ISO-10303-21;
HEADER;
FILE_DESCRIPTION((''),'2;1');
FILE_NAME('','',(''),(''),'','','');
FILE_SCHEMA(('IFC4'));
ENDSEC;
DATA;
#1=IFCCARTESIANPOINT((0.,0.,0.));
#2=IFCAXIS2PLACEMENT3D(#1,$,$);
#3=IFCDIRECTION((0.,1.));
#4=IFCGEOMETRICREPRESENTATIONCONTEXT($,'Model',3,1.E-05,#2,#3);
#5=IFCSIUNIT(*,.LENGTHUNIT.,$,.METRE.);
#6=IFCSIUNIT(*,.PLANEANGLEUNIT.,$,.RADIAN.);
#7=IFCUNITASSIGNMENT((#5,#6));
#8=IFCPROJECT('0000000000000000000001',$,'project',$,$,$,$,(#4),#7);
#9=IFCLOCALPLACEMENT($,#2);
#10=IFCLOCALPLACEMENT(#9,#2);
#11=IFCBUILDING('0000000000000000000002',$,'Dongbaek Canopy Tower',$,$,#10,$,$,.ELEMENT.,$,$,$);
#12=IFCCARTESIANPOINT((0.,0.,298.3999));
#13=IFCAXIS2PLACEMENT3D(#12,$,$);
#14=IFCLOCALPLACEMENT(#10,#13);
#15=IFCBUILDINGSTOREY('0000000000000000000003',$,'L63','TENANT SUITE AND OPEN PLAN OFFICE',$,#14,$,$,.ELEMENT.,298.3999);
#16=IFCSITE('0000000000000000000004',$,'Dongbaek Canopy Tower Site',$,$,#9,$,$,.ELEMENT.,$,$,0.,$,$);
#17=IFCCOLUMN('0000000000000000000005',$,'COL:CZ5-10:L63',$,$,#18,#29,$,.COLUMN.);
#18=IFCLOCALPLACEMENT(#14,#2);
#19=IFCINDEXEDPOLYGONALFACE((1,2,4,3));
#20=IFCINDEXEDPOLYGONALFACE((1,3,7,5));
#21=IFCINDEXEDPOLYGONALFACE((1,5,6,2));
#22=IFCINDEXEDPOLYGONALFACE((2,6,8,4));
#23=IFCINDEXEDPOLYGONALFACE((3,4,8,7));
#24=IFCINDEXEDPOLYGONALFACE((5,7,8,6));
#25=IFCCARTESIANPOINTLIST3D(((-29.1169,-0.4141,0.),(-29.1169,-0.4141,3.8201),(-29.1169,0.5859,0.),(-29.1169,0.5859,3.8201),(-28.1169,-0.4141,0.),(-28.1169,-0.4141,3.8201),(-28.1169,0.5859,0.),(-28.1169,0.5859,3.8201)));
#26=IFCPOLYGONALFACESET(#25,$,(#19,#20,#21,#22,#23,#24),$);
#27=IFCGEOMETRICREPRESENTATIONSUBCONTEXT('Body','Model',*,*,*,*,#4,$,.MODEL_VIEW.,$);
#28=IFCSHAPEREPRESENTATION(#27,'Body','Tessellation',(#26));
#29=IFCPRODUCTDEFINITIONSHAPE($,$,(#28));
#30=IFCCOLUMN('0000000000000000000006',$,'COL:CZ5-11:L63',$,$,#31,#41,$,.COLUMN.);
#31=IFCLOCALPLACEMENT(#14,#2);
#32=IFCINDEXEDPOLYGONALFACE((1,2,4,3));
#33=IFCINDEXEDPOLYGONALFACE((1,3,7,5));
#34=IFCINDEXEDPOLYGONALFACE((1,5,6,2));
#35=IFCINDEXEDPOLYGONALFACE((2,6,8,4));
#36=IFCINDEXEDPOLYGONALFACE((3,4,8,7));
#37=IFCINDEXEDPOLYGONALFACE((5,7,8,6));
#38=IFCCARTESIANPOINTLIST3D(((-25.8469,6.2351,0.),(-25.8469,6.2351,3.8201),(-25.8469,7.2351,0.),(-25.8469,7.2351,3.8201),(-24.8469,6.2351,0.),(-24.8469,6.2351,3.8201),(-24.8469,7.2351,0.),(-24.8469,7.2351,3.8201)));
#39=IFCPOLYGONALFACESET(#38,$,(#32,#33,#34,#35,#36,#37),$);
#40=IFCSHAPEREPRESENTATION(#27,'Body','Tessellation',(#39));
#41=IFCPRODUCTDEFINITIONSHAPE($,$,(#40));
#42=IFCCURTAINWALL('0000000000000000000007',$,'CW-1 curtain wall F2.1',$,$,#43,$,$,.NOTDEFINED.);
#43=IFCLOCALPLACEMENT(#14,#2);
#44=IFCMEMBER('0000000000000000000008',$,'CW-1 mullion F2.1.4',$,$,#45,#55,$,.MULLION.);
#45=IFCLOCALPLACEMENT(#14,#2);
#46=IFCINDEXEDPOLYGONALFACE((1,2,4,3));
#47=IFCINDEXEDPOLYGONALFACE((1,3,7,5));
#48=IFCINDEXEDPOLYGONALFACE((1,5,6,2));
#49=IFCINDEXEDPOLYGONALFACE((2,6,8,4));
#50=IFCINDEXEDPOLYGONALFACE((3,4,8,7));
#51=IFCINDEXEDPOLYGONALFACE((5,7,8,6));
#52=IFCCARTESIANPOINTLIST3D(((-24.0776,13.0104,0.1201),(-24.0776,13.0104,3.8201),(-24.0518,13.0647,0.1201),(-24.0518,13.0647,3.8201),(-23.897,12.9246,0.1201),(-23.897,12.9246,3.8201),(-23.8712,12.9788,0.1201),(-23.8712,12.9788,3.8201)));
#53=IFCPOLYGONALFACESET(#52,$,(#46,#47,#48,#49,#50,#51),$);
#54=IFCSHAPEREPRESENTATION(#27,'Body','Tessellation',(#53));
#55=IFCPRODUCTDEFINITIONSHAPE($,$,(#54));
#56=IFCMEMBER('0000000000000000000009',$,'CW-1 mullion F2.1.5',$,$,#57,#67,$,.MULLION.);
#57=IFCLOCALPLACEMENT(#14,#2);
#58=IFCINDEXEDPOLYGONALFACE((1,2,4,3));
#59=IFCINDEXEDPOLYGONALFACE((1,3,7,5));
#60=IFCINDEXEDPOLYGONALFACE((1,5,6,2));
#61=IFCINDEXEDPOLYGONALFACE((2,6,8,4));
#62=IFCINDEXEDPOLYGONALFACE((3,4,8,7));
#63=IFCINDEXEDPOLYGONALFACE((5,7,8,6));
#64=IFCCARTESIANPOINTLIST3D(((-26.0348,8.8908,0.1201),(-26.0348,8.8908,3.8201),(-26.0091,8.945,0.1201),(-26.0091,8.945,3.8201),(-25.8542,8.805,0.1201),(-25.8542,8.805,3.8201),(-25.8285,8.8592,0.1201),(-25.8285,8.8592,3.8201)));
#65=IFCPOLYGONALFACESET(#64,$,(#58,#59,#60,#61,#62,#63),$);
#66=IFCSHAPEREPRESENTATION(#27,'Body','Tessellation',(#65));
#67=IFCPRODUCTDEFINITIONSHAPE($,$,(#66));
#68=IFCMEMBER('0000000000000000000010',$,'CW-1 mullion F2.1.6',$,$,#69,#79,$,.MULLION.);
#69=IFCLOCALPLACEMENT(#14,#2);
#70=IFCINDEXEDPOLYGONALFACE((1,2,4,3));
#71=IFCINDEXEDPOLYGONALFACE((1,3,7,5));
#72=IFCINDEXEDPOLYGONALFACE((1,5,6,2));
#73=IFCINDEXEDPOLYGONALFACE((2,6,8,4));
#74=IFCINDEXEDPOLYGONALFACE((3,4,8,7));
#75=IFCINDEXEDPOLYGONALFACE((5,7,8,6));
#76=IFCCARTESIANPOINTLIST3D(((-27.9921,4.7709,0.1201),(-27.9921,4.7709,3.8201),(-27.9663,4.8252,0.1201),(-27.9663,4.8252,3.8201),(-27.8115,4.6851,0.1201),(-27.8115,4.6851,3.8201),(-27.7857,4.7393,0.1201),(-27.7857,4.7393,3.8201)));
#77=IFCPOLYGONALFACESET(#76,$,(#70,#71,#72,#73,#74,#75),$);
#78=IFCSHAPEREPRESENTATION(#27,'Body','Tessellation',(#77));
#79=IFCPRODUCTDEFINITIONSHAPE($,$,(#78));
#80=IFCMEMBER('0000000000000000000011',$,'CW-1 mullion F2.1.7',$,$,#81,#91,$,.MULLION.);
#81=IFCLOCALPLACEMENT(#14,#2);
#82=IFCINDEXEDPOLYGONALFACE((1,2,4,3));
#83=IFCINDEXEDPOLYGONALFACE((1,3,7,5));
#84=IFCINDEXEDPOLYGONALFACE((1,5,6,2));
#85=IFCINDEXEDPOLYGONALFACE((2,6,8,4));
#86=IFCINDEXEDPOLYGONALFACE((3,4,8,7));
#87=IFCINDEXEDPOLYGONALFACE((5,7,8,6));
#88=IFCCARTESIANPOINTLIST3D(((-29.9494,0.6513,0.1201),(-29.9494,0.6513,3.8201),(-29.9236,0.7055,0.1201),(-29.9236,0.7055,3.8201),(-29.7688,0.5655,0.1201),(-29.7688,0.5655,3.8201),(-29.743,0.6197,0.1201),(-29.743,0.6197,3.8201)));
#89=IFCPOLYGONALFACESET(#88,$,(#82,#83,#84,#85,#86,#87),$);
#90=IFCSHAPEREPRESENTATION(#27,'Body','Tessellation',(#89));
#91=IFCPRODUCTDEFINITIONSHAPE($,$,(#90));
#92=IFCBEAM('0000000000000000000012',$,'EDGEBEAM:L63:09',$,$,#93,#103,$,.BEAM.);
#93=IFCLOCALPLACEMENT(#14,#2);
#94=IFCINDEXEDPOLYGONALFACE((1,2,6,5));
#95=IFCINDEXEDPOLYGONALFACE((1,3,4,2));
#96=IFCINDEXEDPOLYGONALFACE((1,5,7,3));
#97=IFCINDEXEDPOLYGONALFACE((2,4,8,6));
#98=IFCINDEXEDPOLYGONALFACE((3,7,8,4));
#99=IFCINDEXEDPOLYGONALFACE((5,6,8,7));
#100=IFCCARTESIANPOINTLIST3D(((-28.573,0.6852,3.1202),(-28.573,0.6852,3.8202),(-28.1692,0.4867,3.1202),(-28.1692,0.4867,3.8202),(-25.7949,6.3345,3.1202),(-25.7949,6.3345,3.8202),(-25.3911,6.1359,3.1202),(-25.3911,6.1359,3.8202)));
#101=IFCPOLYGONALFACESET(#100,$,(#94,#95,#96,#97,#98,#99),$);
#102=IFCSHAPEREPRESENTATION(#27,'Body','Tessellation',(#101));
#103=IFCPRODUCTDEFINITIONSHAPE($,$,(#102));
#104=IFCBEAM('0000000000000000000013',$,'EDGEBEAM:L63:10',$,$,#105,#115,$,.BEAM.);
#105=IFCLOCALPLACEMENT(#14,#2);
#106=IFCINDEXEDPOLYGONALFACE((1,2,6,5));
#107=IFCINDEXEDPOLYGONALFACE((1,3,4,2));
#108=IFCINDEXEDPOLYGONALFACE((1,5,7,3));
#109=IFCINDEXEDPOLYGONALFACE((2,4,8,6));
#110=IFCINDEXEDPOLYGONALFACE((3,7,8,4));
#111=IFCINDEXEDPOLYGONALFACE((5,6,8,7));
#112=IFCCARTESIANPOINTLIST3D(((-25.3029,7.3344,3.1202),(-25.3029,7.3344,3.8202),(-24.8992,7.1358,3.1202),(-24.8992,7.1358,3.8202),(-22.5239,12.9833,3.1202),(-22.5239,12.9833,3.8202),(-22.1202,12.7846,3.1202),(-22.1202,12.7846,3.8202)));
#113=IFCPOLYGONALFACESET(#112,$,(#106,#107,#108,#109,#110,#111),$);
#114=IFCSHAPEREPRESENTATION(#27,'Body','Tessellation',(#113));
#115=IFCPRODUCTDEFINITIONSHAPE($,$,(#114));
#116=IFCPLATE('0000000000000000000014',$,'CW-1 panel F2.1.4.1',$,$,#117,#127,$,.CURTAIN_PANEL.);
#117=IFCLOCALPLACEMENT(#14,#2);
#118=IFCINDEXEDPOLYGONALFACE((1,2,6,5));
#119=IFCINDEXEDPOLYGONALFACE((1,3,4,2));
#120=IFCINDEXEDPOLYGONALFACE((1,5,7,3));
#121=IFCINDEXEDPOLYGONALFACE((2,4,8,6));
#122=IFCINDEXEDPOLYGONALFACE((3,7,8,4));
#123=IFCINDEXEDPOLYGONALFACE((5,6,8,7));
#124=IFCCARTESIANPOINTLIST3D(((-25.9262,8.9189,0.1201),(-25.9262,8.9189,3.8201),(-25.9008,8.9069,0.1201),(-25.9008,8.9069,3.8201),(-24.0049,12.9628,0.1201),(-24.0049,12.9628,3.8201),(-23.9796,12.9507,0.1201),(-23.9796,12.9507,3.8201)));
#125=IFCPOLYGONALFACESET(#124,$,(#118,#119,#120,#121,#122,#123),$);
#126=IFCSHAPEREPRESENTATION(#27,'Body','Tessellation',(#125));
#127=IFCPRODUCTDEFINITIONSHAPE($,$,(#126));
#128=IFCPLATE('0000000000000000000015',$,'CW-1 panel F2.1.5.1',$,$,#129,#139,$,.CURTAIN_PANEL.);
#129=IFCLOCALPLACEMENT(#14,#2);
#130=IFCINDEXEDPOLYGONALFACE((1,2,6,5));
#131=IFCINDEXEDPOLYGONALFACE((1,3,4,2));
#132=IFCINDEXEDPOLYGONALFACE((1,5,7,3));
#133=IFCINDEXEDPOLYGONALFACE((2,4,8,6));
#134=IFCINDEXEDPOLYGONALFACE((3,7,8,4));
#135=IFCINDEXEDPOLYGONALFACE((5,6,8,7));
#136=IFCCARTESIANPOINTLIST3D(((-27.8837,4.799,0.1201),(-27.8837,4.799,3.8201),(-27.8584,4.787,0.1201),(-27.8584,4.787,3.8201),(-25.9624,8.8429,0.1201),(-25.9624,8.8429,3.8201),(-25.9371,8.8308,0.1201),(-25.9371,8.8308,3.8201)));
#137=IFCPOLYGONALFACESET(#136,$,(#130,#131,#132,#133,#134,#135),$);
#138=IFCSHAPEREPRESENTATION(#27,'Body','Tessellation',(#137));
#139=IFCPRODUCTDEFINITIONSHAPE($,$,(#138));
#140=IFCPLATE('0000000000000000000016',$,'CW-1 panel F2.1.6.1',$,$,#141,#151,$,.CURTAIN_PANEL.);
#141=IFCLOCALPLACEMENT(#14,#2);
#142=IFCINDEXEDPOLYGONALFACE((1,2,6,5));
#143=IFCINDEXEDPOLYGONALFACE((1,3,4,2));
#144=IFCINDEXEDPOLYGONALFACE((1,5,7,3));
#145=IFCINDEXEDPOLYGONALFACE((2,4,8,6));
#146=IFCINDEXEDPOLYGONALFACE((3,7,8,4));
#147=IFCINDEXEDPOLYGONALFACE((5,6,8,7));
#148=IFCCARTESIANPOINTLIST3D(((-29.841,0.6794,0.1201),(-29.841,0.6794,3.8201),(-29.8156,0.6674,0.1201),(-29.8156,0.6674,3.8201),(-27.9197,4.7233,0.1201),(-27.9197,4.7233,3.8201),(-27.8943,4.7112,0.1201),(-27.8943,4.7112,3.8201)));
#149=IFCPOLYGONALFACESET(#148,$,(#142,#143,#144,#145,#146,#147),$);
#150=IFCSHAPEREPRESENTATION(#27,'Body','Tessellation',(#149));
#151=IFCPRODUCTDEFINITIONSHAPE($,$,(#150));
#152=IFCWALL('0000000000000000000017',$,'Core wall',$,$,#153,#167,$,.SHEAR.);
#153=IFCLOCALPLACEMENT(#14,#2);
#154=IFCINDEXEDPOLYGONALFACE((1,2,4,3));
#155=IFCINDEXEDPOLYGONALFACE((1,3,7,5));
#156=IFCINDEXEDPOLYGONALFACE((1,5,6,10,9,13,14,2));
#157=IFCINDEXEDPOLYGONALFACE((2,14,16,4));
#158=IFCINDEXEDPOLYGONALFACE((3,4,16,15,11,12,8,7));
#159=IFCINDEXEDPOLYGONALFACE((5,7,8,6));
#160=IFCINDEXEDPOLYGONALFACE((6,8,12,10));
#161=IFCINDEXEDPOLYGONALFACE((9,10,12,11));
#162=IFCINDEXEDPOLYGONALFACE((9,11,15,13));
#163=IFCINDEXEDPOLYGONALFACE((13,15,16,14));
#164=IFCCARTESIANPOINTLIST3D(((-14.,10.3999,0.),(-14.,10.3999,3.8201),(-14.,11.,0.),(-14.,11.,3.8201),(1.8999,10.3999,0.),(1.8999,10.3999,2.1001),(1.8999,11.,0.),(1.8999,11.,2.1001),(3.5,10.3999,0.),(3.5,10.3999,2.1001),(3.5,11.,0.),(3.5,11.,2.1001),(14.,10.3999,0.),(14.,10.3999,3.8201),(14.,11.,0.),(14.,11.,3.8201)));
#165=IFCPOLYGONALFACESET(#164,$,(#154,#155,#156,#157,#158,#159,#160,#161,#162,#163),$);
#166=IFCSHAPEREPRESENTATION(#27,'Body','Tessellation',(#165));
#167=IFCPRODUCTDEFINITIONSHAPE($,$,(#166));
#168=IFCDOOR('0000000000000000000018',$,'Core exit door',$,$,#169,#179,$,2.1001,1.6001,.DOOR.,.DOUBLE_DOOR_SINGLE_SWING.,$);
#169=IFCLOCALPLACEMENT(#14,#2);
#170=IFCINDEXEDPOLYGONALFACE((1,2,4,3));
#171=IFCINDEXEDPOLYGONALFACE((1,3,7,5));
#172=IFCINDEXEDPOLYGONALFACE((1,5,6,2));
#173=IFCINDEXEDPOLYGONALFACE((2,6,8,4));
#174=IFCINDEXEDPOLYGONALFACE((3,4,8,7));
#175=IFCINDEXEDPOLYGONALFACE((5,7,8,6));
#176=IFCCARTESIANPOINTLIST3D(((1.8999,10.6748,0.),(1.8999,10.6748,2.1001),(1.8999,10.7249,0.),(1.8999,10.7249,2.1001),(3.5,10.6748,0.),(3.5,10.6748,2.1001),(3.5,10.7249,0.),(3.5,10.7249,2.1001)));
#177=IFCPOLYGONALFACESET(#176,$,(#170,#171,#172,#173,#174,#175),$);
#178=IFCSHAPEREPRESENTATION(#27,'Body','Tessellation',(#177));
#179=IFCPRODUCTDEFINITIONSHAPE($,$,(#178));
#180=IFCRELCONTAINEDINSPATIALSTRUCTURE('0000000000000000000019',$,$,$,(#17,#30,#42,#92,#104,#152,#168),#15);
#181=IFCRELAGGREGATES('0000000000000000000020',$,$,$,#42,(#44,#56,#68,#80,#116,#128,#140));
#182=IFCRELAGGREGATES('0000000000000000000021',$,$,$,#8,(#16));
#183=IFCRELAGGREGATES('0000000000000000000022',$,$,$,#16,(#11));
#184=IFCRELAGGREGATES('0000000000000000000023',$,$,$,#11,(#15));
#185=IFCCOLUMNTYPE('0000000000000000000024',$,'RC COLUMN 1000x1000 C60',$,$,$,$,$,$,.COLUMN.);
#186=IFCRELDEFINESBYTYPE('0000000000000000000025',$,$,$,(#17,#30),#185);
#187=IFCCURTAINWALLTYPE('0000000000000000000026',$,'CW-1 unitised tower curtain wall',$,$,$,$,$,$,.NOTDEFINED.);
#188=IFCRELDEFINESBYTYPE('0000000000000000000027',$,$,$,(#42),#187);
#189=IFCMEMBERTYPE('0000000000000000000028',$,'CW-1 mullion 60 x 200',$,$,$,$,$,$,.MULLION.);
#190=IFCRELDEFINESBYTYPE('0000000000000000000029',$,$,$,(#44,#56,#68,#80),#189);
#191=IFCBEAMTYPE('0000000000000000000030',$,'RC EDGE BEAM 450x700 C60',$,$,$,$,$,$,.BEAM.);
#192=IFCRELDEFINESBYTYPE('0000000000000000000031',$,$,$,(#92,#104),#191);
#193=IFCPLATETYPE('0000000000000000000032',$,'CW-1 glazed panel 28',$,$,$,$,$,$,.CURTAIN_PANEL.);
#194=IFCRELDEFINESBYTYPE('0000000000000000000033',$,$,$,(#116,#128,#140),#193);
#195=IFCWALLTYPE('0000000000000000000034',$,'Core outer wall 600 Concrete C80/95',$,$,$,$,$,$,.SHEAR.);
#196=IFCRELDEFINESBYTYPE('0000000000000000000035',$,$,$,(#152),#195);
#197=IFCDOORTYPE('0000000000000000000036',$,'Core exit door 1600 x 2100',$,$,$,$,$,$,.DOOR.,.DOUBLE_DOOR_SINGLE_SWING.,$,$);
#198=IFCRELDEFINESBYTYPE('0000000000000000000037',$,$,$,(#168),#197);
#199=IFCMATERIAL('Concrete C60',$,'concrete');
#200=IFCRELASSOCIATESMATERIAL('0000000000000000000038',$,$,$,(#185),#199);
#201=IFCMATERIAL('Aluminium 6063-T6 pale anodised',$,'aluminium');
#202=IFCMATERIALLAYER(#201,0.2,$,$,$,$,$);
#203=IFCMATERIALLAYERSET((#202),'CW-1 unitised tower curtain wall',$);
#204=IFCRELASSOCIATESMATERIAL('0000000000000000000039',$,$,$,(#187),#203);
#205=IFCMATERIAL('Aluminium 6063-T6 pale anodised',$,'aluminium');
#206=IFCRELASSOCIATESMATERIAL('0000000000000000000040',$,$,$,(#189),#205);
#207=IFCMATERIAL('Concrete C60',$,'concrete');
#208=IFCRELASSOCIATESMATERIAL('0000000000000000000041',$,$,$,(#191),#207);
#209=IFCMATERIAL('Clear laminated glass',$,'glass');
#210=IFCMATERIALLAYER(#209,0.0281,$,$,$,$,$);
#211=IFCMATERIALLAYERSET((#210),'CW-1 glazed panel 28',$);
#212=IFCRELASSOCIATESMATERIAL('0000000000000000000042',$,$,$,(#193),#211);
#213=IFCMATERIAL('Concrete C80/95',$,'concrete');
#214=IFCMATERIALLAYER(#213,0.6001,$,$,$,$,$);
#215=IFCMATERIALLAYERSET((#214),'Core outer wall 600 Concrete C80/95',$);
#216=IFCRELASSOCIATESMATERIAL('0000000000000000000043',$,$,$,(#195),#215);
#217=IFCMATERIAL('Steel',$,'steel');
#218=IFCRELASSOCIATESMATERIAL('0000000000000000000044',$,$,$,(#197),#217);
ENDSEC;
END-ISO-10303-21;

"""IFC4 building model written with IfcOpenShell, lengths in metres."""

from ifc_helpers import new_model, si_unit, direction, frame, frame_2d, origin, origin_2d, place, context, subcontext, project, spatial, rectangle, extrude, material, layer, layer_set, material_profile, profile_set, type_object, element, fill, aggregate, save


model = new_model("IFC4")

# Units and contexts
model_context = context("Model", 3, precision=1e-05, world=origin(), true_north=direction((0.0, 1.0)))
body_context = subcontext(model_context, "Body", "Model", "MODEL_VIEW")
ifc_project = project(units=[si_unit("LENGTHUNIT", "METRE"), si_unit("PLANEANGLEUNIT", "RADIAN")], contexts=[model_context])

# Site, building, storey
site_placement = place(None, origin())
site = spatial("IfcSite", under=ifc_project, at=site_placement, Name="Dongbaek Canopy Tower Site", CompositionType="ELEMENT", RefElevation=0.0)
building_placement = place(site_placement, origin())
building = spatial("IfcBuilding", under=site, at=building_placement, Name="Dongbaek Canopy Tower", CompositionType="ELEMENT")
storey_placement = place(building_placement, frame((0.0, 0.0, 298.3999)))
storey = spatial("IfcBuildingStorey", under=building, at=storey_placement, Name="L63", Description="TENANT SUITE AND OPEN PLAN OFFICE", CompositionType="ELEMENT", Elevation=298.3999)

# Columns
ifc_material_1 = material(Name="Concrete C60", Category="concrete")
ifc_material_profile_1 = material_profile(ifc_material_1, rectangle(XDim=1.0, YDim=1.0, at=origin_2d()), Name="RC COLUMN 1000x1000 C60")
ifc_profile_set_1 = profile_set([ifc_material_profile_1], Name="Concrete C60")
column_type = type_object("IfcColumnType", Name="RC COLUMN 1000x1000 C60", PredefinedType="COLUMN", material=ifc_profile_set_1)
for number, where, z_axis, x_axis, name in (
    (1, (-28.6169, 0.0859, 0.0), (0.0, 0.0, 1.0), (1.0, 0.0, 0.0), "COL:CZ5-10:L63"),
    (2, (-25.3469, 6.7351, 0.0), (0.0, 0.0, 1.0), (1.0, 0.0, 0.0), "COL:CZ5-11:L63"),
):
    element("IfcColumn", number, at=place(storey_placement, frame(where, z_axis=z_axis, x_axis=x_axis)), inside=storey, type_object=column_type, Name=name, PredefinedType="COLUMN", context=body_context, shape_type="SweptSolid", body=[
        extrude(rectangle(XDim=1.0, YDim=1.0, at=origin_2d()), origin(), (0.0, 0.0, 1.0), 3.8201),
    ])

# Curtain wall, members
ifc_material_2 = material(Name="Aluminium 6063-T6 pale anodised", Category="aluminium")
ifc_layer_1 = layer(ifc_material_2, 0.2)
ifc_layer_set_1 = layer_set([ifc_layer_1], Name="CW-1 unitised tower curtain wall")
curtain_wall_type = type_object("IfcCurtainWallType", Name="CW-1 unitised tower curtain wall", PredefinedType="NOTDEFINED", material=ifc_layer_set_1)
curtain_wall_placement = place(storey_placement, origin())
curtain_wall = element("IfcCurtainWall", 3, at=curtain_wall_placement, inside=storey, type_object=curtain_wall_type, Name="CW-1 curtain wall F2.1", PredefinedType="NOTDEFINED")
ifc_material_3 = material(Name="Aluminium 6063-T6 pale anodised", Category="aluminium")
ifc_material_profile_2 = material_profile(ifc_material_3, rectangle(XDim=0.2, YDim=0.0601, at=origin_2d()), Name="CW-1 mullion 60 x 200")
ifc_profile_set_2 = profile_set([ifc_material_profile_2], Name="Aluminium 6063-T6 pale anodised")
member_type = type_object("IfcMemberType", Name="CW-1 mullion 60 x 200", PredefinedType="MULLION", material=ifc_profile_set_2)
member_1_placement = place(storey_placement, frame((-23.9744, 12.9946, 0.1201), z_axis=(0.0, 0.0, 1.0), x_axis=(-0.903236, 0.429143, 0.0)))
member_1 = element("IfcMember", 4, at=member_1_placement, type_object=member_type, Name="CW-1 mullion F2.1.4", PredefinedType="MULLION", context=body_context, shape_type="SweptSolid", body=[
    extrude(rectangle(XDim=0.2, YDim=0.0601, at=origin_2d()), origin(), (0.0, 0.0, 1.0), 3.7),
])
member_2_placement = place(storey_placement, frame((-25.9316, 8.875, 0.1201), z_axis=(0.0, 0.0, 1.0), x_axis=(-0.903236, 0.429143, 0.0)))
member_2 = element("IfcMember", 5, at=member_2_placement, type_object=member_type, Name="CW-1 mullion F2.1.5", PredefinedType="MULLION", context=body_context, shape_type="SweptSolid", body=[
    extrude(rectangle(XDim=0.2, YDim=0.0601, at=origin_2d()), origin(), (0.0, 0.0, 1.0), 3.7),
])
member_3_placement = place(storey_placement, frame((-27.8889, 4.7551, 0.1201), z_axis=(0.0, 0.0, 1.0), x_axis=(-0.903236, 0.429143, 0.0)))
member_3 = element("IfcMember", 6, at=member_3_placement, type_object=member_type, Name="CW-1 mullion F2.1.6", PredefinedType="MULLION", context=body_context, shape_type="SweptSolid", body=[
    extrude(rectangle(XDim=0.2, YDim=0.0601, at=origin_2d()), origin(), (0.0, 0.0, 1.0), 3.7),
])
member_4_placement = place(storey_placement, frame((-29.8462, 0.6355, 0.1201), z_axis=(0.0, 0.0, 1.0), x_axis=(-0.903236, 0.429143, 0.0)))
member_4 = element("IfcMember", 7, at=member_4_placement, type_object=member_type, Name="CW-1 mullion F2.1.7", PredefinedType="MULLION", context=body_context, shape_type="SweptSolid", body=[
    extrude(rectangle(XDim=0.2, YDim=0.0601, at=origin_2d()), origin(), (0.0, 0.0, 1.0), 3.7),
])

# Beams
ifc_material_4 = material(Name="Concrete C60", Category="concrete")
ifc_material_profile_3 = material_profile(ifc_material_4, rectangle(XDim=0.45, YDim=0.7, at=origin_2d()), Name="RC EDGE BEAM 450x700 C60")
ifc_profile_set_3 = profile_set([ifc_material_profile_3], Name="Concrete C60")
beam_type = type_object("IfcBeamType", Name="RC EDGE BEAM 450x700 C60", PredefinedType="BEAM", material=ifc_profile_set_3)
for number, where, z_axis, x_axis, name in (
    (8, (-28.3711, 0.5859, 3.4702), (0.441294, 0.897363, 0.0), (-0.897363, 0.441294, 0.0), "EDGEBEAM:L63:09"),
    (9, (-25.1011, 7.2351, 3.4702), (0.441434, 0.897294, 0.0), (-0.897294, 0.441434, 0.0), "EDGEBEAM:L63:10"),
):
    element("IfcBeam", number, at=place(storey_placement, frame(where, z_axis=z_axis, x_axis=x_axis)), inside=storey, type_object=beam_type, Name=name, PredefinedType="BEAM", context=body_context, shape_type="SweptSolid", body=[
        extrude(rectangle(XDim=0.45, YDim=0.7, at=origin_2d()), origin(), (0.0, 0.0, 1.0), 6.2954),
    ])

# Plates
ifc_material_5 = material(Name="Clear laminated glass", Category="glass")
ifc_layer_2 = layer(ifc_material_5, 0.0281)
ifc_layer_set_2 = layer_set([ifc_layer_2], Name="CW-1 glazed panel 28")
plate_type = type_object("IfcPlateType", Name="CW-1 glazed panel 28", PredefinedType="CURTAIN_PANEL", material=ifc_layer_set_2)
plate_1_placement = place(storey_placement, frame((-24.9529, 10.9348, 0.1201), z_axis=(0.0, 0.0, 1.0), x_axis=(-0.429143, -0.903236, 0.0)))
plate_1 = element("IfcPlate", 10, at=plate_1_placement, type_object=plate_type, Name="CW-1 panel F2.1.4.1", PredefinedType="CURTAIN_PANEL", context=body_context, shape_type="SweptSolid", body=[
    extrude(rectangle(XDim=4.4771, YDim=0.0281, at=origin_2d()), origin(), (0.0, 0.0, 1.0), 3.7),
])
plate_2_placement = place(storey_placement, frame((-26.9104, 6.8149, 0.1201), z_axis=(0.0, 0.0, 1.0), x_axis=(-0.429143, -0.903236, 0.0)))
plate_2 = element("IfcPlate", 11, at=plate_2_placement, type_object=plate_type, Name="CW-1 panel F2.1.5.1", PredefinedType="CURTAIN_PANEL", context=body_context, shape_type="SweptSolid", body=[
    extrude(rectangle(XDim=4.4771, YDim=0.0281, at=origin_2d()), origin(), (0.0, 0.0, 1.0), 3.7),
])
plate_3_placement = place(storey_placement, frame((-28.8677, 2.6953, 0.1201), z_axis=(0.0, 0.0, 1.0), x_axis=(-0.429143, -0.903236, 0.0)))
plate_3 = element("IfcPlate", 12, at=plate_3_placement, type_object=plate_type, Name="CW-1 panel F2.1.6.1", PredefinedType="CURTAIN_PANEL", context=body_context, shape_type="SweptSolid", body=[
    extrude(rectangle(XDim=4.4771, YDim=0.0281, at=origin_2d()), origin(), (0.0, 0.0, 1.0), 3.7),
])

# Wall, opening, door
ifc_material_6 = material(Name="Concrete C80/95", Category="concrete")
ifc_layer_3 = layer(ifc_material_6, 0.6001)
ifc_layer_set_3 = layer_set([ifc_layer_3], Name="Core outer wall 600 Concrete C80/95")
wall_type_1 = type_object("IfcWallType", Name="Core outer wall 600 Concrete C80/95", PredefinedType="SHEAR", material=ifc_layer_set_3)
wall_1_placement = place(storey_placement, frame((-14.0, 10.7, 0.0), z_axis=(0.0, 0.0, 1.0), x_axis=(1.0, 0.0, 0.0)))
wall_1 = element("IfcWall", 13, at=wall_1_placement, inside=storey, type_object=wall_type_1, Name="Core wall", PredefinedType="SHEAR", context=body_context, shape_type="SweptSolid", body=[
    extrude(rectangle(XDim=28.0, YDim=0.6001, at=frame_2d((14.0, 0.0))), origin(), (0.0, 0.0, 1.0), 3.8201),
])
opening_placement = place(wall_1_placement, frame((15.8999, 0.0, 0.0)))
opening = element("IfcOpeningElement", 14, at=opening_placement, cuts=wall_1, PredefinedType="OPENING", context=body_context, shape_type="SweptSolid", body=[
    extrude(rectangle(XDim=1.6001, YDim=2.1001, at=frame_2d((0.8, 1.05))), frame((0.0, 0.3101, 0.0), z_axis=(0.0, -1.0, 0.0), x_axis=(1.0, 0.0, 0.0)), (0.0, 0.0, 1.0), 0.6201),
])
ifc_material_7 = material(Name="Steel", Category="steel")
door_type = type_object("IfcDoorType", Name="Core exit door 1600 x 2100", OperationType="DOUBLE_DOOR_SINGLE_SWING", PredefinedType="DOOR", material=ifc_material_7)
door_placement = place(opening_placement, origin())
door = element("IfcDoor", 15, at=door_placement, inside=storey, type_object=door_type, Name="Core exit door", OperationType="DOUBLE_DOOR_SINGLE_SWING", OverallHeight=2.1001, OverallWidth=1.6001, PredefinedType="DOOR", context=body_context, shape_type="SweptSolid", body=[
    extrude(rectangle(XDim=1.6001, YDim=2.1001, at=frame_2d((0.8, 1.05))), frame((0.0, 0.0249, 0.0), z_axis=(0.0, -1.0, 0.0), x_axis=(1.0, 0.0, 0.0)), (0.0, 0.0, 1.0), 0.05),
])
fill(opening, door)

aggregate(curtain_wall, [member_1, member_2, member_3, member_4, plate_1, plate_2, plate_3])

save(model, "model.ifc")
